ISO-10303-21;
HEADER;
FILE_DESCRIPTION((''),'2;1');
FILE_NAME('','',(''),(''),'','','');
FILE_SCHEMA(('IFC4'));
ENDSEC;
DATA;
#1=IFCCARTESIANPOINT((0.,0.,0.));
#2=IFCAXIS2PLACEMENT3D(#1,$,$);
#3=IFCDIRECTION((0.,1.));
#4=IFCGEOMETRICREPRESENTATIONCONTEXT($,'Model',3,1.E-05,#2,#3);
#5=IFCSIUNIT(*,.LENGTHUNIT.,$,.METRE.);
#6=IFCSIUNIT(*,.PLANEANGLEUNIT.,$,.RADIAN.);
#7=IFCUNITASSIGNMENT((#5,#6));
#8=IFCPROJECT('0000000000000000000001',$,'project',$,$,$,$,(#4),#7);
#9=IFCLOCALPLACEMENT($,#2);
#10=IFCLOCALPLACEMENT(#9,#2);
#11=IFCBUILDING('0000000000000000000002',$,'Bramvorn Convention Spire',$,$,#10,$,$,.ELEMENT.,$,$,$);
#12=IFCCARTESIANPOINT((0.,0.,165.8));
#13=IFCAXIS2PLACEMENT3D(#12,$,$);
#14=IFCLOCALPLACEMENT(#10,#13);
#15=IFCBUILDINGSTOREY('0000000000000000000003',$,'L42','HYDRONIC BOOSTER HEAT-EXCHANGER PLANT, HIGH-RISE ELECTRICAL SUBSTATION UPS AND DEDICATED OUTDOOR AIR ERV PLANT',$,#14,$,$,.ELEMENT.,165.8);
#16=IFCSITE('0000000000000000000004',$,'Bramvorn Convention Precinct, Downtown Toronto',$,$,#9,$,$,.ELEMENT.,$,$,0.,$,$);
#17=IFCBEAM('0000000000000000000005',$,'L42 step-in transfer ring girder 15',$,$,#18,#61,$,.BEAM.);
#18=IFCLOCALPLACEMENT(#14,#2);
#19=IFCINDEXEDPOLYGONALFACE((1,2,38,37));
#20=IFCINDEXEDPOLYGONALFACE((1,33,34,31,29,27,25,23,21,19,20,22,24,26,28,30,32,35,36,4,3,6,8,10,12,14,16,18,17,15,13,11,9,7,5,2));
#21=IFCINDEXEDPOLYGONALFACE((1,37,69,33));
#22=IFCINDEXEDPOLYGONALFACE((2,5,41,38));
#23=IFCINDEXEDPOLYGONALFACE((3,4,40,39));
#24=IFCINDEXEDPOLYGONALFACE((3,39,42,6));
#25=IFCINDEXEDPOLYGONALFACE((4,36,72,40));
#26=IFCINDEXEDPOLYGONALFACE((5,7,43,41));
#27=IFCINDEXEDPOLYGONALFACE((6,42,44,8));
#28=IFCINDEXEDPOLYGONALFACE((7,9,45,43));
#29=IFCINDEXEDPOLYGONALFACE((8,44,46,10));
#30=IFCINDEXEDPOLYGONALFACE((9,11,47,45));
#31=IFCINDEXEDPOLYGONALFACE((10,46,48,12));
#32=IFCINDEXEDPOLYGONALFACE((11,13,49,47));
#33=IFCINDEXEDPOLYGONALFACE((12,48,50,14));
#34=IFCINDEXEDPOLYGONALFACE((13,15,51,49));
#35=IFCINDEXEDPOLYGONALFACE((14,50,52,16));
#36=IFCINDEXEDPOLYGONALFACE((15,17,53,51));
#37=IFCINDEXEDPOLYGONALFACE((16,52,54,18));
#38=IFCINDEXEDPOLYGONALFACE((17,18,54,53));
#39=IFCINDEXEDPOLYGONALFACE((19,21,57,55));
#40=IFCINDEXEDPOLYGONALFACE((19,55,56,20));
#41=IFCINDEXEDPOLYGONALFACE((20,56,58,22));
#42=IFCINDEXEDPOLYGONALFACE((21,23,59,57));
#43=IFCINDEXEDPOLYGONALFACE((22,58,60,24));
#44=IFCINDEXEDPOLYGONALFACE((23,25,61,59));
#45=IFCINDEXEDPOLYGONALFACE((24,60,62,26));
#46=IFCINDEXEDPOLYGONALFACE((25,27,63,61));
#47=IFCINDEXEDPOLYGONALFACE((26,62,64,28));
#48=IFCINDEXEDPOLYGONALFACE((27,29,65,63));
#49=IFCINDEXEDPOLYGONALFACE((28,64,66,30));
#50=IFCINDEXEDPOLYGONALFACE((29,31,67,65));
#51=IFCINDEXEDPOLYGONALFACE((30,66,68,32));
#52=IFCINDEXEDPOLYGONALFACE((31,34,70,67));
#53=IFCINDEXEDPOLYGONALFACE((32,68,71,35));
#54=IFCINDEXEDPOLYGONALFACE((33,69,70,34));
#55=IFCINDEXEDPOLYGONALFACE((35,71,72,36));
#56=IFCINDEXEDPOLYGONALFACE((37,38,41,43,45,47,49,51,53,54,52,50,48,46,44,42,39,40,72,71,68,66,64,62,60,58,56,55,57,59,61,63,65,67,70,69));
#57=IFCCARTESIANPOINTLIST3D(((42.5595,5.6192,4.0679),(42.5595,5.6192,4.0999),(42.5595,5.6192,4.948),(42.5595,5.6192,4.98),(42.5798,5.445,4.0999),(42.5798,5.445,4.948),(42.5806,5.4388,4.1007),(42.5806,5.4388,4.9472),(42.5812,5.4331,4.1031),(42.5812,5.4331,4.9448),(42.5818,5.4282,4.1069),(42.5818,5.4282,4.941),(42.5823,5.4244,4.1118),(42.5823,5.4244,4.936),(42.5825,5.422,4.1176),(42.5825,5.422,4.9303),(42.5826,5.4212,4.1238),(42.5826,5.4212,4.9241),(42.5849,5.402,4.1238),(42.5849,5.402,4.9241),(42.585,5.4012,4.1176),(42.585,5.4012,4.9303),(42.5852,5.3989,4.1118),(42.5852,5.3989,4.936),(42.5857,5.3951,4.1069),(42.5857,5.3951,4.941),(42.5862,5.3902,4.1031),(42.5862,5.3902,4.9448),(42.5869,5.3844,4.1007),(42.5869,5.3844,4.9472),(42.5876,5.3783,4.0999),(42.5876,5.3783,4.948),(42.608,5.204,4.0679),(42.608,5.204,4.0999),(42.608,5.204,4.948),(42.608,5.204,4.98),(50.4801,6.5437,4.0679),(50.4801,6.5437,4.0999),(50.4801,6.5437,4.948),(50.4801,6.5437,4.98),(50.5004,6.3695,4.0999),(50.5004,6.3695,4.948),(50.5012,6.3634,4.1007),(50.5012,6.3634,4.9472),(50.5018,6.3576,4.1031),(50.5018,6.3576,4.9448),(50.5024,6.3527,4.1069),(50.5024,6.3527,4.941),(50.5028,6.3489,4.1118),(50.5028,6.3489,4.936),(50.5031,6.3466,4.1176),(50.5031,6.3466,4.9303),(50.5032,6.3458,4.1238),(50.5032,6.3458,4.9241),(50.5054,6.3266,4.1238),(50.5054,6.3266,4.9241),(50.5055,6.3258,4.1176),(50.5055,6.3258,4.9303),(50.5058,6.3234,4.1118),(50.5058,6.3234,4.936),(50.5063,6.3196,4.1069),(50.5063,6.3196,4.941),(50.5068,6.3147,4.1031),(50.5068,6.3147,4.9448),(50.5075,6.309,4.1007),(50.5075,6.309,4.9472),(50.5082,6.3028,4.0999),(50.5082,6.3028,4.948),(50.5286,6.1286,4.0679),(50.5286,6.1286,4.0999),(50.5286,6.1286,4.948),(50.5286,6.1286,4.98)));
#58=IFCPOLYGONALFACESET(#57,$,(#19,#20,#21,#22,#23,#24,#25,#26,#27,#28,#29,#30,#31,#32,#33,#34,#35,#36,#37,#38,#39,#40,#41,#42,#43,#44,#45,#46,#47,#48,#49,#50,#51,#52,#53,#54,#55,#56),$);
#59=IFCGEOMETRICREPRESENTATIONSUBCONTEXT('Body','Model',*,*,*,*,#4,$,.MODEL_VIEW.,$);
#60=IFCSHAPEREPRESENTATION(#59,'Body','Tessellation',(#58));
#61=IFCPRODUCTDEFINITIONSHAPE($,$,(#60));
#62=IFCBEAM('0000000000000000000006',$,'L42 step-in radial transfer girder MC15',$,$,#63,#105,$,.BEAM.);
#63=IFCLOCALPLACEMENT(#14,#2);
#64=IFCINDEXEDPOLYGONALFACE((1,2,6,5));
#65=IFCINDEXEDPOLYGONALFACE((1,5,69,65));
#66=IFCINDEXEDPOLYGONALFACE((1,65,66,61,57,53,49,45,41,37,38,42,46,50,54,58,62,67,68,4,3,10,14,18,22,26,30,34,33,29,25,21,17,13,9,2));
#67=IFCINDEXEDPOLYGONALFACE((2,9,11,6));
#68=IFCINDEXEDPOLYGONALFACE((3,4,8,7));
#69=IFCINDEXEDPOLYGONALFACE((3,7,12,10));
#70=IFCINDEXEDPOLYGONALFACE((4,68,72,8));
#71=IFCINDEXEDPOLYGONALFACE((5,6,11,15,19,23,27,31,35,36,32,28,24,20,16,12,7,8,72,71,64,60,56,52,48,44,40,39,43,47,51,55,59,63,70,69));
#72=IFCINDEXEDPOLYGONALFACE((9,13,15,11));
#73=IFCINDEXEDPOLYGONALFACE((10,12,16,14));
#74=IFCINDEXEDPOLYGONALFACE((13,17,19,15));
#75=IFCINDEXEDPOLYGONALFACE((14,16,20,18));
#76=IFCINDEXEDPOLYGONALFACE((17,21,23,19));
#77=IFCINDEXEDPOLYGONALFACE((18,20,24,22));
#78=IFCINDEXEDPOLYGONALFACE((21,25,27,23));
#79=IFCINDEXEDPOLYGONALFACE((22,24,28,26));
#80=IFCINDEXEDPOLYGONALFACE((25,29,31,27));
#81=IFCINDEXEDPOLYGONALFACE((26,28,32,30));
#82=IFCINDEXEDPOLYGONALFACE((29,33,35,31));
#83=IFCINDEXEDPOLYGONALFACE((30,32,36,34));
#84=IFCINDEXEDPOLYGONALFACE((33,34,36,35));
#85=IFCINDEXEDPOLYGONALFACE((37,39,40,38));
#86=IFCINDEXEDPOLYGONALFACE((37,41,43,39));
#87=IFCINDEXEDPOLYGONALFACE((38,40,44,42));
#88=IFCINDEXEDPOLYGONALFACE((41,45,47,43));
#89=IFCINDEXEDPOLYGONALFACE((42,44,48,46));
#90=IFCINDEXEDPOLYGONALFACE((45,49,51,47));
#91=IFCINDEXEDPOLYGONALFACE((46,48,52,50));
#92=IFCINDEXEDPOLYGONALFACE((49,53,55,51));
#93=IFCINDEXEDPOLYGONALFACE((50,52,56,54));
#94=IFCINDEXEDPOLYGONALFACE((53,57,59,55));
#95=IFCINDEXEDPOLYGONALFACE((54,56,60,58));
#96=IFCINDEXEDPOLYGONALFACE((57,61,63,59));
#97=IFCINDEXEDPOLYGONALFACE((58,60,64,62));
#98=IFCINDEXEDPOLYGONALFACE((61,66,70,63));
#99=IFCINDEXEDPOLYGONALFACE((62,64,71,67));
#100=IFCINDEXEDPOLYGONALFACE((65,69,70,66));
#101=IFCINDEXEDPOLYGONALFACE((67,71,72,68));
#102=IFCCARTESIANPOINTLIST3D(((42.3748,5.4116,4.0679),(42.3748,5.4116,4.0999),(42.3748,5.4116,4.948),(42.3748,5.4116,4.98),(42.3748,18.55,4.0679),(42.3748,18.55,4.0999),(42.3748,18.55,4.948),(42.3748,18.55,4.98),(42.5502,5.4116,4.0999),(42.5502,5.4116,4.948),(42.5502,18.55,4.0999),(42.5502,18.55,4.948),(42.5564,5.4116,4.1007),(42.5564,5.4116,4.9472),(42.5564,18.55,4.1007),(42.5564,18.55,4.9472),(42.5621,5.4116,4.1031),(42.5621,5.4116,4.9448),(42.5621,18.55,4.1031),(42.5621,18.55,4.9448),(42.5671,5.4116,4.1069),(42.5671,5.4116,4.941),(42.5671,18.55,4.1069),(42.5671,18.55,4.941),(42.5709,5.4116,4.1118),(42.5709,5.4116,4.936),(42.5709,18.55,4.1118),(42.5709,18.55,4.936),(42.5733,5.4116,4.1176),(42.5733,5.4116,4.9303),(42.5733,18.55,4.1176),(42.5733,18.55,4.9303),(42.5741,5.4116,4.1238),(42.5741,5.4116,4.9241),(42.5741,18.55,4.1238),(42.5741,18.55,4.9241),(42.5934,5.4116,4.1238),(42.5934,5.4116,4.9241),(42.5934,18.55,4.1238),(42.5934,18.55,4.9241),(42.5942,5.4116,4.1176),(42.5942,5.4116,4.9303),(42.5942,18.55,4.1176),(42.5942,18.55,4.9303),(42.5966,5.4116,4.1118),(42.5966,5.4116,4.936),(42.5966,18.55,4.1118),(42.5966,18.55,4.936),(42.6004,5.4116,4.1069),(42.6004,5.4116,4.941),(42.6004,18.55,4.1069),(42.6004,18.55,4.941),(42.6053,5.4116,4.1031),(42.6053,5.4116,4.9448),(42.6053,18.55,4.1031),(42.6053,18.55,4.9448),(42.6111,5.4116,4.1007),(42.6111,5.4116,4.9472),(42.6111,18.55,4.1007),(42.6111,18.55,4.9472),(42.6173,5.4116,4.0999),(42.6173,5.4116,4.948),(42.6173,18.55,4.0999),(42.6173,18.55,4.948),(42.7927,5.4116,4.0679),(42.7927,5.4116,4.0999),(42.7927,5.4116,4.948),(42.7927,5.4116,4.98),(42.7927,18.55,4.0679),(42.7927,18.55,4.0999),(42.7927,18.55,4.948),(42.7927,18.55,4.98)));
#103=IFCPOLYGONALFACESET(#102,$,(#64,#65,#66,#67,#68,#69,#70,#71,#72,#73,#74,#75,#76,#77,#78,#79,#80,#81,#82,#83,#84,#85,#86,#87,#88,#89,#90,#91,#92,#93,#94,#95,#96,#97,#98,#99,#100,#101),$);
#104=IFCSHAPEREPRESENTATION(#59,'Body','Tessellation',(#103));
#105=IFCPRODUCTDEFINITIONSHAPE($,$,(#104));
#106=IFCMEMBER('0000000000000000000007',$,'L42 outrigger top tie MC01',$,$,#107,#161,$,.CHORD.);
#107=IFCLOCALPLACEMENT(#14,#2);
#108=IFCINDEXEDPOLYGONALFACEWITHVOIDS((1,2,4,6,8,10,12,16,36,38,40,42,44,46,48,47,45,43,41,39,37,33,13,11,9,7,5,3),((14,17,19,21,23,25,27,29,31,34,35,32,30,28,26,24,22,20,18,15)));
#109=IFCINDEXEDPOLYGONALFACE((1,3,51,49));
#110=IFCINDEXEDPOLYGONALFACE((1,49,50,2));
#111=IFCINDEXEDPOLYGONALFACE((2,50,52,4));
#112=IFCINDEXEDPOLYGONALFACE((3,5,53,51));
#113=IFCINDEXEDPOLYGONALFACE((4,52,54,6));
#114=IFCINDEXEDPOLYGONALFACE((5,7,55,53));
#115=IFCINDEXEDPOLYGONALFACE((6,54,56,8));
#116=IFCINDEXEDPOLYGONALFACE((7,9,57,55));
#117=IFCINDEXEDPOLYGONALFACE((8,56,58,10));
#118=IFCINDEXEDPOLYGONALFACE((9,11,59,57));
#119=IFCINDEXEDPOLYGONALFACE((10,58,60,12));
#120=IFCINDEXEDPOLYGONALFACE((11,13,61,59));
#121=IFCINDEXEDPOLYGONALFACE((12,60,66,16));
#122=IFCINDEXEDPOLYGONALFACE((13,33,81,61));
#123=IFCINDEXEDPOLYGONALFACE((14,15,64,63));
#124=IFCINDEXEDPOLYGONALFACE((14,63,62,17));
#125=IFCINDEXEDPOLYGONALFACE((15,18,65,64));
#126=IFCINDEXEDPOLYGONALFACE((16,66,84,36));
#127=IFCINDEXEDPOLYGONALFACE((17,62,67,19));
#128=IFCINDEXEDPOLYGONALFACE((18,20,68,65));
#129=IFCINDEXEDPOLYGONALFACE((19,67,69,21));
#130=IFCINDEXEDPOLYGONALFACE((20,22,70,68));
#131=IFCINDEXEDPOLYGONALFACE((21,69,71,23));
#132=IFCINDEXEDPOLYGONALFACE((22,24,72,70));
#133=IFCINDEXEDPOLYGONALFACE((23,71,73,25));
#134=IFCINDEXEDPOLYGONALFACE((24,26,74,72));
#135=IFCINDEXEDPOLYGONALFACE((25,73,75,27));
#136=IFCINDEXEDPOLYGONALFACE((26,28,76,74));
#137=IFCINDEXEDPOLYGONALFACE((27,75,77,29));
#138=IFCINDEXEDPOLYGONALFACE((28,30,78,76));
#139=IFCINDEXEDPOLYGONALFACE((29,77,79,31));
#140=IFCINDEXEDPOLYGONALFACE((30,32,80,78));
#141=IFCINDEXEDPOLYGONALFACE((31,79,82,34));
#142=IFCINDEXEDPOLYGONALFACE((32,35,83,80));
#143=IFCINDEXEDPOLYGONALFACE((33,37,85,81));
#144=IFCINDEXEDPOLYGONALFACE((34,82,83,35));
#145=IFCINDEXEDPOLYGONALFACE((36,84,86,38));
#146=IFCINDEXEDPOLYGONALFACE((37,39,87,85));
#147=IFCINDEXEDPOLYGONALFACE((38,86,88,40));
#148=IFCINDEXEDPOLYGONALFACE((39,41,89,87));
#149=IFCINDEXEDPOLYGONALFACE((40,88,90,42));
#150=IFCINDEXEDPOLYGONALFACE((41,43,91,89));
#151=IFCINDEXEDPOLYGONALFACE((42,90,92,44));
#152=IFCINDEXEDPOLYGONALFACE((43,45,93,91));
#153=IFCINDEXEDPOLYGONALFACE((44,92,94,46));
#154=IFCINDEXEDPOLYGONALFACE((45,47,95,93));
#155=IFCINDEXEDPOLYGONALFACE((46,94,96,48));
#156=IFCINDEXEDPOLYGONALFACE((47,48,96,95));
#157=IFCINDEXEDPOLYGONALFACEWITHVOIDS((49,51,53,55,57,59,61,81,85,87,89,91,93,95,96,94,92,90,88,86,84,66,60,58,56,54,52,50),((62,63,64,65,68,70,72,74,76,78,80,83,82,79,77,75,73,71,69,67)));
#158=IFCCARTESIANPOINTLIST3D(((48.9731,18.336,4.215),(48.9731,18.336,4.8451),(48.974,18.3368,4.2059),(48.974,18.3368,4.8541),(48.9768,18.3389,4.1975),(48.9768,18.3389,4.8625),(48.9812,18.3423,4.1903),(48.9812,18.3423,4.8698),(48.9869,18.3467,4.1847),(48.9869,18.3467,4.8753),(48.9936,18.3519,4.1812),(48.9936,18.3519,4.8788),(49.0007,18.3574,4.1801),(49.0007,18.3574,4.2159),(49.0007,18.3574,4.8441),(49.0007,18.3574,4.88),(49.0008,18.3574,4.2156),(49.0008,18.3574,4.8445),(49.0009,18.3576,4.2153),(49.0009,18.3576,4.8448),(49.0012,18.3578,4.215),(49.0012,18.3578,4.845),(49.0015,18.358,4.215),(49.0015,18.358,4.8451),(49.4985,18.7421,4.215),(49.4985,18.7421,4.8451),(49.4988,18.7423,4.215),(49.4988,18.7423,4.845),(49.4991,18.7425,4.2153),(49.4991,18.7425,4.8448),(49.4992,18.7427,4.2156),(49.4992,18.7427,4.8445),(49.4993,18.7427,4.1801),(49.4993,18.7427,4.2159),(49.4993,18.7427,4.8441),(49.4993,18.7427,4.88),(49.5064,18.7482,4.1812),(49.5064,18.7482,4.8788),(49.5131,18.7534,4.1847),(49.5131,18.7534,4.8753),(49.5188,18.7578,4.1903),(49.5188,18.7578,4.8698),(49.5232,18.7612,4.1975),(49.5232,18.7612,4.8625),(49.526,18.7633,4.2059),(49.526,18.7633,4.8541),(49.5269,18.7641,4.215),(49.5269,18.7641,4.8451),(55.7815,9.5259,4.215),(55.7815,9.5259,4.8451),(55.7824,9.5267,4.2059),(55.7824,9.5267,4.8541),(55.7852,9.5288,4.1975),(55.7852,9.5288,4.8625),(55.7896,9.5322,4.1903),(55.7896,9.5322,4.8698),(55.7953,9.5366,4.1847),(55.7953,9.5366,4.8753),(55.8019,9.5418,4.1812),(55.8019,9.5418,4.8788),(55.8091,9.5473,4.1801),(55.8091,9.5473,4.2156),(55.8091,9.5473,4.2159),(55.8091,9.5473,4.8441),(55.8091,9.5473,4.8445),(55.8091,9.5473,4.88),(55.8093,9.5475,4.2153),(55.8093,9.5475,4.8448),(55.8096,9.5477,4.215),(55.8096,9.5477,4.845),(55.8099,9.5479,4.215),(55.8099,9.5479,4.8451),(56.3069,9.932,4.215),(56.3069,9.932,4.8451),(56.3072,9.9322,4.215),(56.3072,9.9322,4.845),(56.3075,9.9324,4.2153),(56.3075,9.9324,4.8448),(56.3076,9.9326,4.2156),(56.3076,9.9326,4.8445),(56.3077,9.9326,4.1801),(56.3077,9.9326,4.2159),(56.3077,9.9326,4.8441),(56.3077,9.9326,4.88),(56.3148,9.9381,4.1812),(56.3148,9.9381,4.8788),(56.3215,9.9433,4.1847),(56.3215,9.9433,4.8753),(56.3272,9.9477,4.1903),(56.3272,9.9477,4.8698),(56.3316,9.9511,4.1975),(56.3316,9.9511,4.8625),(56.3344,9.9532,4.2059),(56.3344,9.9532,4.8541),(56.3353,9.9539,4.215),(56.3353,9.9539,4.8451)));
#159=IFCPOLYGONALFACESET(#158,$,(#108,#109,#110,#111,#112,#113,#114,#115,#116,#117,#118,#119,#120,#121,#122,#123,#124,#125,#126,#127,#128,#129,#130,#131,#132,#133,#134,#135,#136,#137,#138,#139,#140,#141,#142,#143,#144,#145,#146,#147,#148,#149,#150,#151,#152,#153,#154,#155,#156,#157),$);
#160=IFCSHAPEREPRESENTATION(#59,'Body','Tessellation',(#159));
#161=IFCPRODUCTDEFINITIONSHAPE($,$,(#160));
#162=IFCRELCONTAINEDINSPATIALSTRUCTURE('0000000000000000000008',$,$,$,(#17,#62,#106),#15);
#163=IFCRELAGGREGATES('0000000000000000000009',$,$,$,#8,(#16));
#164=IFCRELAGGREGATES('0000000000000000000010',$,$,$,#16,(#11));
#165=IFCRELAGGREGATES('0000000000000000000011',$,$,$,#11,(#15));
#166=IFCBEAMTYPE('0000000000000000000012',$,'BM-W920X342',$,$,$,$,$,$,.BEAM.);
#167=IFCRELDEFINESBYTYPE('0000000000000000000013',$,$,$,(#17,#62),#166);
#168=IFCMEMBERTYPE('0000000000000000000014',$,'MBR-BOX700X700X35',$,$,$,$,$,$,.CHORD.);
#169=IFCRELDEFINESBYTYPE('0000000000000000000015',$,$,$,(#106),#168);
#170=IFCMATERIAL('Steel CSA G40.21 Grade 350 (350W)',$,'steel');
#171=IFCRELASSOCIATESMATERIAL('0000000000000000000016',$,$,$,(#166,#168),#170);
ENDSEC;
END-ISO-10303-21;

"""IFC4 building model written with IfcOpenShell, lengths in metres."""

from ifc_helpers import new_model, si_unit, direction, frame, origin, origin_2d, place, context, subcontext, project, spatial, hollow_rectangle, i_section, extrude, material, material_profile, profile_set, type_object, element, save


model = new_model("IFC4")

# Units and contexts
model_context = context("Model", 3, precision=1e-05, world=origin(), true_north=direction((0.0, 1.0)))
body_context = subcontext(model_context, "Body", "Model", "MODEL_VIEW")
ifc_project = project(units=[si_unit("LENGTHUNIT", "METRE"), si_unit("PLANEANGLEUNIT", "RADIAN")], contexts=[model_context])

# Site, building, storey
site_placement = place(None, origin())
site = spatial("IfcSite", under=ifc_project, at=site_placement, Name="Bramvorn Convention Precinct, Downtown Toronto", CompositionType="ELEMENT", RefElevation=0.0)
building_placement = place(site_placement, origin())
building = spatial("IfcBuilding", under=site, at=building_placement, Name="Bramvorn Convention Spire", CompositionType="ELEMENT")
storey_placement = place(building_placement, frame((0.0, 0.0, 165.8)))
storey = spatial("IfcBuildingStorey", under=building, at=storey_placement, Name="L42", Description="HYDRONIC BOOSTER HEAT-EXCHANGER PLANT, HIGH-RISE ELECTRICAL SUBSTATION UPS AND DEDICATED OUTDOOR AIR ERV PLANT", CompositionType="ELEMENT", Elevation=165.8)

# Shared definitions
ifc_material_1 = material(Name="Steel CSA G40.21 Grade 350 (350W)", Category="steel")

# Beams
ifc_material_profile_1 = material_profile(ifc_material_1, i_section(OverallWidth=0.418, OverallDepth=0.9121, WebThickness=0.0193, FlangeThickness=0.032, FilletRadius=0.0239, at=origin_2d()))
ifc_profile_set_1 = profile_set([ifc_material_profile_1], Name="Steel CSA G40.21 Grade 350 (350W) - W920X342")
beam_type = type_object("IfcBeamType", Name="BM-W920X342", PredefinedType="BEAM", material=ifc_profile_set_1)
beam_1_placement = place(storey_placement, frame((42.5837, 5.4116, 4.5239), z_axis=(0.993256, 0.115941, 0.0), x_axis=(-0.115941, 0.993256, 0.0)))
element("IfcBeam", 1, at=beam_1_placement, inside=storey, type_object=beam_type, Name="L42 step-in transfer ring girder 15", PredefinedType="BEAM", context=body_context, shape_type="SweptSolid", body=[
    extrude(i_section(OverallWidth=0.418, OverallDepth=0.9121, WebThickness=0.0193, FlangeThickness=0.032, FilletRadius=0.0239, at=origin_2d()), origin(), (0.0, 0.0, 1.0), 7.9744),
])
beam_2_placement = place(storey_placement, frame((42.5837, 18.55, 4.5239), z_axis=(0.0, -1.0, 0.0), x_axis=(1.0, 0.0, 0.0)))
element("IfcBeam", 2, at=beam_2_placement, inside=storey, type_object=beam_type, Name="L42 step-in radial transfer girder MC15", PredefinedType="BEAM", context=body_context, shape_type="SweptSolid", body=[
    extrude(i_section(OverallWidth=0.418, OverallDepth=0.9121, WebThickness=0.0193, FlangeThickness=0.032, FilletRadius=0.0239, at=origin_2d()), origin(), (0.0, 0.0, 1.0), 13.1384),
])

# Member
ifc_material_profile_2 = material_profile(ifc_material_1, hollow_rectangle(XDim=0.7, YDim=0.7, WallThickness=0.0349, InnerFilletRadius=0.001, OuterFilletRadius=0.0349, at=origin_2d()))
ifc_profile_set_2 = profile_set([ifc_material_profile_2], Name="Steel CSA G40.21 Grade 350 (350W) - BOX700X700X35")
member_type_1 = type_object("IfcMemberType", Name="MBR-BOX700X700X35", PredefinedType="CHORD", material=ifc_profile_set_2)
member_1_placement = place(storey_placement, frame((49.25, 18.55, 4.53), z_axis=(0.61148, -0.79126, 0.0), x_axis=(0.79126, 0.61148, 0.0)))
element("IfcMember", 3, at=member_1_placement, inside=storey, type_object=member_type_1, Name="L42 outrigger top tie MC01", PredefinedType="CHORD", context=body_context, shape_type="SweptSolid", body=[
    extrude(hollow_rectangle(XDim=0.7, YDim=0.7, WallThickness=0.0349, InnerFilletRadius=0.001, OuterFilletRadius=0.0349, at=origin_2d()), origin(), (0.0, 0.0, 1.0), 11.1343),
])

save(model, "model.ifc")
